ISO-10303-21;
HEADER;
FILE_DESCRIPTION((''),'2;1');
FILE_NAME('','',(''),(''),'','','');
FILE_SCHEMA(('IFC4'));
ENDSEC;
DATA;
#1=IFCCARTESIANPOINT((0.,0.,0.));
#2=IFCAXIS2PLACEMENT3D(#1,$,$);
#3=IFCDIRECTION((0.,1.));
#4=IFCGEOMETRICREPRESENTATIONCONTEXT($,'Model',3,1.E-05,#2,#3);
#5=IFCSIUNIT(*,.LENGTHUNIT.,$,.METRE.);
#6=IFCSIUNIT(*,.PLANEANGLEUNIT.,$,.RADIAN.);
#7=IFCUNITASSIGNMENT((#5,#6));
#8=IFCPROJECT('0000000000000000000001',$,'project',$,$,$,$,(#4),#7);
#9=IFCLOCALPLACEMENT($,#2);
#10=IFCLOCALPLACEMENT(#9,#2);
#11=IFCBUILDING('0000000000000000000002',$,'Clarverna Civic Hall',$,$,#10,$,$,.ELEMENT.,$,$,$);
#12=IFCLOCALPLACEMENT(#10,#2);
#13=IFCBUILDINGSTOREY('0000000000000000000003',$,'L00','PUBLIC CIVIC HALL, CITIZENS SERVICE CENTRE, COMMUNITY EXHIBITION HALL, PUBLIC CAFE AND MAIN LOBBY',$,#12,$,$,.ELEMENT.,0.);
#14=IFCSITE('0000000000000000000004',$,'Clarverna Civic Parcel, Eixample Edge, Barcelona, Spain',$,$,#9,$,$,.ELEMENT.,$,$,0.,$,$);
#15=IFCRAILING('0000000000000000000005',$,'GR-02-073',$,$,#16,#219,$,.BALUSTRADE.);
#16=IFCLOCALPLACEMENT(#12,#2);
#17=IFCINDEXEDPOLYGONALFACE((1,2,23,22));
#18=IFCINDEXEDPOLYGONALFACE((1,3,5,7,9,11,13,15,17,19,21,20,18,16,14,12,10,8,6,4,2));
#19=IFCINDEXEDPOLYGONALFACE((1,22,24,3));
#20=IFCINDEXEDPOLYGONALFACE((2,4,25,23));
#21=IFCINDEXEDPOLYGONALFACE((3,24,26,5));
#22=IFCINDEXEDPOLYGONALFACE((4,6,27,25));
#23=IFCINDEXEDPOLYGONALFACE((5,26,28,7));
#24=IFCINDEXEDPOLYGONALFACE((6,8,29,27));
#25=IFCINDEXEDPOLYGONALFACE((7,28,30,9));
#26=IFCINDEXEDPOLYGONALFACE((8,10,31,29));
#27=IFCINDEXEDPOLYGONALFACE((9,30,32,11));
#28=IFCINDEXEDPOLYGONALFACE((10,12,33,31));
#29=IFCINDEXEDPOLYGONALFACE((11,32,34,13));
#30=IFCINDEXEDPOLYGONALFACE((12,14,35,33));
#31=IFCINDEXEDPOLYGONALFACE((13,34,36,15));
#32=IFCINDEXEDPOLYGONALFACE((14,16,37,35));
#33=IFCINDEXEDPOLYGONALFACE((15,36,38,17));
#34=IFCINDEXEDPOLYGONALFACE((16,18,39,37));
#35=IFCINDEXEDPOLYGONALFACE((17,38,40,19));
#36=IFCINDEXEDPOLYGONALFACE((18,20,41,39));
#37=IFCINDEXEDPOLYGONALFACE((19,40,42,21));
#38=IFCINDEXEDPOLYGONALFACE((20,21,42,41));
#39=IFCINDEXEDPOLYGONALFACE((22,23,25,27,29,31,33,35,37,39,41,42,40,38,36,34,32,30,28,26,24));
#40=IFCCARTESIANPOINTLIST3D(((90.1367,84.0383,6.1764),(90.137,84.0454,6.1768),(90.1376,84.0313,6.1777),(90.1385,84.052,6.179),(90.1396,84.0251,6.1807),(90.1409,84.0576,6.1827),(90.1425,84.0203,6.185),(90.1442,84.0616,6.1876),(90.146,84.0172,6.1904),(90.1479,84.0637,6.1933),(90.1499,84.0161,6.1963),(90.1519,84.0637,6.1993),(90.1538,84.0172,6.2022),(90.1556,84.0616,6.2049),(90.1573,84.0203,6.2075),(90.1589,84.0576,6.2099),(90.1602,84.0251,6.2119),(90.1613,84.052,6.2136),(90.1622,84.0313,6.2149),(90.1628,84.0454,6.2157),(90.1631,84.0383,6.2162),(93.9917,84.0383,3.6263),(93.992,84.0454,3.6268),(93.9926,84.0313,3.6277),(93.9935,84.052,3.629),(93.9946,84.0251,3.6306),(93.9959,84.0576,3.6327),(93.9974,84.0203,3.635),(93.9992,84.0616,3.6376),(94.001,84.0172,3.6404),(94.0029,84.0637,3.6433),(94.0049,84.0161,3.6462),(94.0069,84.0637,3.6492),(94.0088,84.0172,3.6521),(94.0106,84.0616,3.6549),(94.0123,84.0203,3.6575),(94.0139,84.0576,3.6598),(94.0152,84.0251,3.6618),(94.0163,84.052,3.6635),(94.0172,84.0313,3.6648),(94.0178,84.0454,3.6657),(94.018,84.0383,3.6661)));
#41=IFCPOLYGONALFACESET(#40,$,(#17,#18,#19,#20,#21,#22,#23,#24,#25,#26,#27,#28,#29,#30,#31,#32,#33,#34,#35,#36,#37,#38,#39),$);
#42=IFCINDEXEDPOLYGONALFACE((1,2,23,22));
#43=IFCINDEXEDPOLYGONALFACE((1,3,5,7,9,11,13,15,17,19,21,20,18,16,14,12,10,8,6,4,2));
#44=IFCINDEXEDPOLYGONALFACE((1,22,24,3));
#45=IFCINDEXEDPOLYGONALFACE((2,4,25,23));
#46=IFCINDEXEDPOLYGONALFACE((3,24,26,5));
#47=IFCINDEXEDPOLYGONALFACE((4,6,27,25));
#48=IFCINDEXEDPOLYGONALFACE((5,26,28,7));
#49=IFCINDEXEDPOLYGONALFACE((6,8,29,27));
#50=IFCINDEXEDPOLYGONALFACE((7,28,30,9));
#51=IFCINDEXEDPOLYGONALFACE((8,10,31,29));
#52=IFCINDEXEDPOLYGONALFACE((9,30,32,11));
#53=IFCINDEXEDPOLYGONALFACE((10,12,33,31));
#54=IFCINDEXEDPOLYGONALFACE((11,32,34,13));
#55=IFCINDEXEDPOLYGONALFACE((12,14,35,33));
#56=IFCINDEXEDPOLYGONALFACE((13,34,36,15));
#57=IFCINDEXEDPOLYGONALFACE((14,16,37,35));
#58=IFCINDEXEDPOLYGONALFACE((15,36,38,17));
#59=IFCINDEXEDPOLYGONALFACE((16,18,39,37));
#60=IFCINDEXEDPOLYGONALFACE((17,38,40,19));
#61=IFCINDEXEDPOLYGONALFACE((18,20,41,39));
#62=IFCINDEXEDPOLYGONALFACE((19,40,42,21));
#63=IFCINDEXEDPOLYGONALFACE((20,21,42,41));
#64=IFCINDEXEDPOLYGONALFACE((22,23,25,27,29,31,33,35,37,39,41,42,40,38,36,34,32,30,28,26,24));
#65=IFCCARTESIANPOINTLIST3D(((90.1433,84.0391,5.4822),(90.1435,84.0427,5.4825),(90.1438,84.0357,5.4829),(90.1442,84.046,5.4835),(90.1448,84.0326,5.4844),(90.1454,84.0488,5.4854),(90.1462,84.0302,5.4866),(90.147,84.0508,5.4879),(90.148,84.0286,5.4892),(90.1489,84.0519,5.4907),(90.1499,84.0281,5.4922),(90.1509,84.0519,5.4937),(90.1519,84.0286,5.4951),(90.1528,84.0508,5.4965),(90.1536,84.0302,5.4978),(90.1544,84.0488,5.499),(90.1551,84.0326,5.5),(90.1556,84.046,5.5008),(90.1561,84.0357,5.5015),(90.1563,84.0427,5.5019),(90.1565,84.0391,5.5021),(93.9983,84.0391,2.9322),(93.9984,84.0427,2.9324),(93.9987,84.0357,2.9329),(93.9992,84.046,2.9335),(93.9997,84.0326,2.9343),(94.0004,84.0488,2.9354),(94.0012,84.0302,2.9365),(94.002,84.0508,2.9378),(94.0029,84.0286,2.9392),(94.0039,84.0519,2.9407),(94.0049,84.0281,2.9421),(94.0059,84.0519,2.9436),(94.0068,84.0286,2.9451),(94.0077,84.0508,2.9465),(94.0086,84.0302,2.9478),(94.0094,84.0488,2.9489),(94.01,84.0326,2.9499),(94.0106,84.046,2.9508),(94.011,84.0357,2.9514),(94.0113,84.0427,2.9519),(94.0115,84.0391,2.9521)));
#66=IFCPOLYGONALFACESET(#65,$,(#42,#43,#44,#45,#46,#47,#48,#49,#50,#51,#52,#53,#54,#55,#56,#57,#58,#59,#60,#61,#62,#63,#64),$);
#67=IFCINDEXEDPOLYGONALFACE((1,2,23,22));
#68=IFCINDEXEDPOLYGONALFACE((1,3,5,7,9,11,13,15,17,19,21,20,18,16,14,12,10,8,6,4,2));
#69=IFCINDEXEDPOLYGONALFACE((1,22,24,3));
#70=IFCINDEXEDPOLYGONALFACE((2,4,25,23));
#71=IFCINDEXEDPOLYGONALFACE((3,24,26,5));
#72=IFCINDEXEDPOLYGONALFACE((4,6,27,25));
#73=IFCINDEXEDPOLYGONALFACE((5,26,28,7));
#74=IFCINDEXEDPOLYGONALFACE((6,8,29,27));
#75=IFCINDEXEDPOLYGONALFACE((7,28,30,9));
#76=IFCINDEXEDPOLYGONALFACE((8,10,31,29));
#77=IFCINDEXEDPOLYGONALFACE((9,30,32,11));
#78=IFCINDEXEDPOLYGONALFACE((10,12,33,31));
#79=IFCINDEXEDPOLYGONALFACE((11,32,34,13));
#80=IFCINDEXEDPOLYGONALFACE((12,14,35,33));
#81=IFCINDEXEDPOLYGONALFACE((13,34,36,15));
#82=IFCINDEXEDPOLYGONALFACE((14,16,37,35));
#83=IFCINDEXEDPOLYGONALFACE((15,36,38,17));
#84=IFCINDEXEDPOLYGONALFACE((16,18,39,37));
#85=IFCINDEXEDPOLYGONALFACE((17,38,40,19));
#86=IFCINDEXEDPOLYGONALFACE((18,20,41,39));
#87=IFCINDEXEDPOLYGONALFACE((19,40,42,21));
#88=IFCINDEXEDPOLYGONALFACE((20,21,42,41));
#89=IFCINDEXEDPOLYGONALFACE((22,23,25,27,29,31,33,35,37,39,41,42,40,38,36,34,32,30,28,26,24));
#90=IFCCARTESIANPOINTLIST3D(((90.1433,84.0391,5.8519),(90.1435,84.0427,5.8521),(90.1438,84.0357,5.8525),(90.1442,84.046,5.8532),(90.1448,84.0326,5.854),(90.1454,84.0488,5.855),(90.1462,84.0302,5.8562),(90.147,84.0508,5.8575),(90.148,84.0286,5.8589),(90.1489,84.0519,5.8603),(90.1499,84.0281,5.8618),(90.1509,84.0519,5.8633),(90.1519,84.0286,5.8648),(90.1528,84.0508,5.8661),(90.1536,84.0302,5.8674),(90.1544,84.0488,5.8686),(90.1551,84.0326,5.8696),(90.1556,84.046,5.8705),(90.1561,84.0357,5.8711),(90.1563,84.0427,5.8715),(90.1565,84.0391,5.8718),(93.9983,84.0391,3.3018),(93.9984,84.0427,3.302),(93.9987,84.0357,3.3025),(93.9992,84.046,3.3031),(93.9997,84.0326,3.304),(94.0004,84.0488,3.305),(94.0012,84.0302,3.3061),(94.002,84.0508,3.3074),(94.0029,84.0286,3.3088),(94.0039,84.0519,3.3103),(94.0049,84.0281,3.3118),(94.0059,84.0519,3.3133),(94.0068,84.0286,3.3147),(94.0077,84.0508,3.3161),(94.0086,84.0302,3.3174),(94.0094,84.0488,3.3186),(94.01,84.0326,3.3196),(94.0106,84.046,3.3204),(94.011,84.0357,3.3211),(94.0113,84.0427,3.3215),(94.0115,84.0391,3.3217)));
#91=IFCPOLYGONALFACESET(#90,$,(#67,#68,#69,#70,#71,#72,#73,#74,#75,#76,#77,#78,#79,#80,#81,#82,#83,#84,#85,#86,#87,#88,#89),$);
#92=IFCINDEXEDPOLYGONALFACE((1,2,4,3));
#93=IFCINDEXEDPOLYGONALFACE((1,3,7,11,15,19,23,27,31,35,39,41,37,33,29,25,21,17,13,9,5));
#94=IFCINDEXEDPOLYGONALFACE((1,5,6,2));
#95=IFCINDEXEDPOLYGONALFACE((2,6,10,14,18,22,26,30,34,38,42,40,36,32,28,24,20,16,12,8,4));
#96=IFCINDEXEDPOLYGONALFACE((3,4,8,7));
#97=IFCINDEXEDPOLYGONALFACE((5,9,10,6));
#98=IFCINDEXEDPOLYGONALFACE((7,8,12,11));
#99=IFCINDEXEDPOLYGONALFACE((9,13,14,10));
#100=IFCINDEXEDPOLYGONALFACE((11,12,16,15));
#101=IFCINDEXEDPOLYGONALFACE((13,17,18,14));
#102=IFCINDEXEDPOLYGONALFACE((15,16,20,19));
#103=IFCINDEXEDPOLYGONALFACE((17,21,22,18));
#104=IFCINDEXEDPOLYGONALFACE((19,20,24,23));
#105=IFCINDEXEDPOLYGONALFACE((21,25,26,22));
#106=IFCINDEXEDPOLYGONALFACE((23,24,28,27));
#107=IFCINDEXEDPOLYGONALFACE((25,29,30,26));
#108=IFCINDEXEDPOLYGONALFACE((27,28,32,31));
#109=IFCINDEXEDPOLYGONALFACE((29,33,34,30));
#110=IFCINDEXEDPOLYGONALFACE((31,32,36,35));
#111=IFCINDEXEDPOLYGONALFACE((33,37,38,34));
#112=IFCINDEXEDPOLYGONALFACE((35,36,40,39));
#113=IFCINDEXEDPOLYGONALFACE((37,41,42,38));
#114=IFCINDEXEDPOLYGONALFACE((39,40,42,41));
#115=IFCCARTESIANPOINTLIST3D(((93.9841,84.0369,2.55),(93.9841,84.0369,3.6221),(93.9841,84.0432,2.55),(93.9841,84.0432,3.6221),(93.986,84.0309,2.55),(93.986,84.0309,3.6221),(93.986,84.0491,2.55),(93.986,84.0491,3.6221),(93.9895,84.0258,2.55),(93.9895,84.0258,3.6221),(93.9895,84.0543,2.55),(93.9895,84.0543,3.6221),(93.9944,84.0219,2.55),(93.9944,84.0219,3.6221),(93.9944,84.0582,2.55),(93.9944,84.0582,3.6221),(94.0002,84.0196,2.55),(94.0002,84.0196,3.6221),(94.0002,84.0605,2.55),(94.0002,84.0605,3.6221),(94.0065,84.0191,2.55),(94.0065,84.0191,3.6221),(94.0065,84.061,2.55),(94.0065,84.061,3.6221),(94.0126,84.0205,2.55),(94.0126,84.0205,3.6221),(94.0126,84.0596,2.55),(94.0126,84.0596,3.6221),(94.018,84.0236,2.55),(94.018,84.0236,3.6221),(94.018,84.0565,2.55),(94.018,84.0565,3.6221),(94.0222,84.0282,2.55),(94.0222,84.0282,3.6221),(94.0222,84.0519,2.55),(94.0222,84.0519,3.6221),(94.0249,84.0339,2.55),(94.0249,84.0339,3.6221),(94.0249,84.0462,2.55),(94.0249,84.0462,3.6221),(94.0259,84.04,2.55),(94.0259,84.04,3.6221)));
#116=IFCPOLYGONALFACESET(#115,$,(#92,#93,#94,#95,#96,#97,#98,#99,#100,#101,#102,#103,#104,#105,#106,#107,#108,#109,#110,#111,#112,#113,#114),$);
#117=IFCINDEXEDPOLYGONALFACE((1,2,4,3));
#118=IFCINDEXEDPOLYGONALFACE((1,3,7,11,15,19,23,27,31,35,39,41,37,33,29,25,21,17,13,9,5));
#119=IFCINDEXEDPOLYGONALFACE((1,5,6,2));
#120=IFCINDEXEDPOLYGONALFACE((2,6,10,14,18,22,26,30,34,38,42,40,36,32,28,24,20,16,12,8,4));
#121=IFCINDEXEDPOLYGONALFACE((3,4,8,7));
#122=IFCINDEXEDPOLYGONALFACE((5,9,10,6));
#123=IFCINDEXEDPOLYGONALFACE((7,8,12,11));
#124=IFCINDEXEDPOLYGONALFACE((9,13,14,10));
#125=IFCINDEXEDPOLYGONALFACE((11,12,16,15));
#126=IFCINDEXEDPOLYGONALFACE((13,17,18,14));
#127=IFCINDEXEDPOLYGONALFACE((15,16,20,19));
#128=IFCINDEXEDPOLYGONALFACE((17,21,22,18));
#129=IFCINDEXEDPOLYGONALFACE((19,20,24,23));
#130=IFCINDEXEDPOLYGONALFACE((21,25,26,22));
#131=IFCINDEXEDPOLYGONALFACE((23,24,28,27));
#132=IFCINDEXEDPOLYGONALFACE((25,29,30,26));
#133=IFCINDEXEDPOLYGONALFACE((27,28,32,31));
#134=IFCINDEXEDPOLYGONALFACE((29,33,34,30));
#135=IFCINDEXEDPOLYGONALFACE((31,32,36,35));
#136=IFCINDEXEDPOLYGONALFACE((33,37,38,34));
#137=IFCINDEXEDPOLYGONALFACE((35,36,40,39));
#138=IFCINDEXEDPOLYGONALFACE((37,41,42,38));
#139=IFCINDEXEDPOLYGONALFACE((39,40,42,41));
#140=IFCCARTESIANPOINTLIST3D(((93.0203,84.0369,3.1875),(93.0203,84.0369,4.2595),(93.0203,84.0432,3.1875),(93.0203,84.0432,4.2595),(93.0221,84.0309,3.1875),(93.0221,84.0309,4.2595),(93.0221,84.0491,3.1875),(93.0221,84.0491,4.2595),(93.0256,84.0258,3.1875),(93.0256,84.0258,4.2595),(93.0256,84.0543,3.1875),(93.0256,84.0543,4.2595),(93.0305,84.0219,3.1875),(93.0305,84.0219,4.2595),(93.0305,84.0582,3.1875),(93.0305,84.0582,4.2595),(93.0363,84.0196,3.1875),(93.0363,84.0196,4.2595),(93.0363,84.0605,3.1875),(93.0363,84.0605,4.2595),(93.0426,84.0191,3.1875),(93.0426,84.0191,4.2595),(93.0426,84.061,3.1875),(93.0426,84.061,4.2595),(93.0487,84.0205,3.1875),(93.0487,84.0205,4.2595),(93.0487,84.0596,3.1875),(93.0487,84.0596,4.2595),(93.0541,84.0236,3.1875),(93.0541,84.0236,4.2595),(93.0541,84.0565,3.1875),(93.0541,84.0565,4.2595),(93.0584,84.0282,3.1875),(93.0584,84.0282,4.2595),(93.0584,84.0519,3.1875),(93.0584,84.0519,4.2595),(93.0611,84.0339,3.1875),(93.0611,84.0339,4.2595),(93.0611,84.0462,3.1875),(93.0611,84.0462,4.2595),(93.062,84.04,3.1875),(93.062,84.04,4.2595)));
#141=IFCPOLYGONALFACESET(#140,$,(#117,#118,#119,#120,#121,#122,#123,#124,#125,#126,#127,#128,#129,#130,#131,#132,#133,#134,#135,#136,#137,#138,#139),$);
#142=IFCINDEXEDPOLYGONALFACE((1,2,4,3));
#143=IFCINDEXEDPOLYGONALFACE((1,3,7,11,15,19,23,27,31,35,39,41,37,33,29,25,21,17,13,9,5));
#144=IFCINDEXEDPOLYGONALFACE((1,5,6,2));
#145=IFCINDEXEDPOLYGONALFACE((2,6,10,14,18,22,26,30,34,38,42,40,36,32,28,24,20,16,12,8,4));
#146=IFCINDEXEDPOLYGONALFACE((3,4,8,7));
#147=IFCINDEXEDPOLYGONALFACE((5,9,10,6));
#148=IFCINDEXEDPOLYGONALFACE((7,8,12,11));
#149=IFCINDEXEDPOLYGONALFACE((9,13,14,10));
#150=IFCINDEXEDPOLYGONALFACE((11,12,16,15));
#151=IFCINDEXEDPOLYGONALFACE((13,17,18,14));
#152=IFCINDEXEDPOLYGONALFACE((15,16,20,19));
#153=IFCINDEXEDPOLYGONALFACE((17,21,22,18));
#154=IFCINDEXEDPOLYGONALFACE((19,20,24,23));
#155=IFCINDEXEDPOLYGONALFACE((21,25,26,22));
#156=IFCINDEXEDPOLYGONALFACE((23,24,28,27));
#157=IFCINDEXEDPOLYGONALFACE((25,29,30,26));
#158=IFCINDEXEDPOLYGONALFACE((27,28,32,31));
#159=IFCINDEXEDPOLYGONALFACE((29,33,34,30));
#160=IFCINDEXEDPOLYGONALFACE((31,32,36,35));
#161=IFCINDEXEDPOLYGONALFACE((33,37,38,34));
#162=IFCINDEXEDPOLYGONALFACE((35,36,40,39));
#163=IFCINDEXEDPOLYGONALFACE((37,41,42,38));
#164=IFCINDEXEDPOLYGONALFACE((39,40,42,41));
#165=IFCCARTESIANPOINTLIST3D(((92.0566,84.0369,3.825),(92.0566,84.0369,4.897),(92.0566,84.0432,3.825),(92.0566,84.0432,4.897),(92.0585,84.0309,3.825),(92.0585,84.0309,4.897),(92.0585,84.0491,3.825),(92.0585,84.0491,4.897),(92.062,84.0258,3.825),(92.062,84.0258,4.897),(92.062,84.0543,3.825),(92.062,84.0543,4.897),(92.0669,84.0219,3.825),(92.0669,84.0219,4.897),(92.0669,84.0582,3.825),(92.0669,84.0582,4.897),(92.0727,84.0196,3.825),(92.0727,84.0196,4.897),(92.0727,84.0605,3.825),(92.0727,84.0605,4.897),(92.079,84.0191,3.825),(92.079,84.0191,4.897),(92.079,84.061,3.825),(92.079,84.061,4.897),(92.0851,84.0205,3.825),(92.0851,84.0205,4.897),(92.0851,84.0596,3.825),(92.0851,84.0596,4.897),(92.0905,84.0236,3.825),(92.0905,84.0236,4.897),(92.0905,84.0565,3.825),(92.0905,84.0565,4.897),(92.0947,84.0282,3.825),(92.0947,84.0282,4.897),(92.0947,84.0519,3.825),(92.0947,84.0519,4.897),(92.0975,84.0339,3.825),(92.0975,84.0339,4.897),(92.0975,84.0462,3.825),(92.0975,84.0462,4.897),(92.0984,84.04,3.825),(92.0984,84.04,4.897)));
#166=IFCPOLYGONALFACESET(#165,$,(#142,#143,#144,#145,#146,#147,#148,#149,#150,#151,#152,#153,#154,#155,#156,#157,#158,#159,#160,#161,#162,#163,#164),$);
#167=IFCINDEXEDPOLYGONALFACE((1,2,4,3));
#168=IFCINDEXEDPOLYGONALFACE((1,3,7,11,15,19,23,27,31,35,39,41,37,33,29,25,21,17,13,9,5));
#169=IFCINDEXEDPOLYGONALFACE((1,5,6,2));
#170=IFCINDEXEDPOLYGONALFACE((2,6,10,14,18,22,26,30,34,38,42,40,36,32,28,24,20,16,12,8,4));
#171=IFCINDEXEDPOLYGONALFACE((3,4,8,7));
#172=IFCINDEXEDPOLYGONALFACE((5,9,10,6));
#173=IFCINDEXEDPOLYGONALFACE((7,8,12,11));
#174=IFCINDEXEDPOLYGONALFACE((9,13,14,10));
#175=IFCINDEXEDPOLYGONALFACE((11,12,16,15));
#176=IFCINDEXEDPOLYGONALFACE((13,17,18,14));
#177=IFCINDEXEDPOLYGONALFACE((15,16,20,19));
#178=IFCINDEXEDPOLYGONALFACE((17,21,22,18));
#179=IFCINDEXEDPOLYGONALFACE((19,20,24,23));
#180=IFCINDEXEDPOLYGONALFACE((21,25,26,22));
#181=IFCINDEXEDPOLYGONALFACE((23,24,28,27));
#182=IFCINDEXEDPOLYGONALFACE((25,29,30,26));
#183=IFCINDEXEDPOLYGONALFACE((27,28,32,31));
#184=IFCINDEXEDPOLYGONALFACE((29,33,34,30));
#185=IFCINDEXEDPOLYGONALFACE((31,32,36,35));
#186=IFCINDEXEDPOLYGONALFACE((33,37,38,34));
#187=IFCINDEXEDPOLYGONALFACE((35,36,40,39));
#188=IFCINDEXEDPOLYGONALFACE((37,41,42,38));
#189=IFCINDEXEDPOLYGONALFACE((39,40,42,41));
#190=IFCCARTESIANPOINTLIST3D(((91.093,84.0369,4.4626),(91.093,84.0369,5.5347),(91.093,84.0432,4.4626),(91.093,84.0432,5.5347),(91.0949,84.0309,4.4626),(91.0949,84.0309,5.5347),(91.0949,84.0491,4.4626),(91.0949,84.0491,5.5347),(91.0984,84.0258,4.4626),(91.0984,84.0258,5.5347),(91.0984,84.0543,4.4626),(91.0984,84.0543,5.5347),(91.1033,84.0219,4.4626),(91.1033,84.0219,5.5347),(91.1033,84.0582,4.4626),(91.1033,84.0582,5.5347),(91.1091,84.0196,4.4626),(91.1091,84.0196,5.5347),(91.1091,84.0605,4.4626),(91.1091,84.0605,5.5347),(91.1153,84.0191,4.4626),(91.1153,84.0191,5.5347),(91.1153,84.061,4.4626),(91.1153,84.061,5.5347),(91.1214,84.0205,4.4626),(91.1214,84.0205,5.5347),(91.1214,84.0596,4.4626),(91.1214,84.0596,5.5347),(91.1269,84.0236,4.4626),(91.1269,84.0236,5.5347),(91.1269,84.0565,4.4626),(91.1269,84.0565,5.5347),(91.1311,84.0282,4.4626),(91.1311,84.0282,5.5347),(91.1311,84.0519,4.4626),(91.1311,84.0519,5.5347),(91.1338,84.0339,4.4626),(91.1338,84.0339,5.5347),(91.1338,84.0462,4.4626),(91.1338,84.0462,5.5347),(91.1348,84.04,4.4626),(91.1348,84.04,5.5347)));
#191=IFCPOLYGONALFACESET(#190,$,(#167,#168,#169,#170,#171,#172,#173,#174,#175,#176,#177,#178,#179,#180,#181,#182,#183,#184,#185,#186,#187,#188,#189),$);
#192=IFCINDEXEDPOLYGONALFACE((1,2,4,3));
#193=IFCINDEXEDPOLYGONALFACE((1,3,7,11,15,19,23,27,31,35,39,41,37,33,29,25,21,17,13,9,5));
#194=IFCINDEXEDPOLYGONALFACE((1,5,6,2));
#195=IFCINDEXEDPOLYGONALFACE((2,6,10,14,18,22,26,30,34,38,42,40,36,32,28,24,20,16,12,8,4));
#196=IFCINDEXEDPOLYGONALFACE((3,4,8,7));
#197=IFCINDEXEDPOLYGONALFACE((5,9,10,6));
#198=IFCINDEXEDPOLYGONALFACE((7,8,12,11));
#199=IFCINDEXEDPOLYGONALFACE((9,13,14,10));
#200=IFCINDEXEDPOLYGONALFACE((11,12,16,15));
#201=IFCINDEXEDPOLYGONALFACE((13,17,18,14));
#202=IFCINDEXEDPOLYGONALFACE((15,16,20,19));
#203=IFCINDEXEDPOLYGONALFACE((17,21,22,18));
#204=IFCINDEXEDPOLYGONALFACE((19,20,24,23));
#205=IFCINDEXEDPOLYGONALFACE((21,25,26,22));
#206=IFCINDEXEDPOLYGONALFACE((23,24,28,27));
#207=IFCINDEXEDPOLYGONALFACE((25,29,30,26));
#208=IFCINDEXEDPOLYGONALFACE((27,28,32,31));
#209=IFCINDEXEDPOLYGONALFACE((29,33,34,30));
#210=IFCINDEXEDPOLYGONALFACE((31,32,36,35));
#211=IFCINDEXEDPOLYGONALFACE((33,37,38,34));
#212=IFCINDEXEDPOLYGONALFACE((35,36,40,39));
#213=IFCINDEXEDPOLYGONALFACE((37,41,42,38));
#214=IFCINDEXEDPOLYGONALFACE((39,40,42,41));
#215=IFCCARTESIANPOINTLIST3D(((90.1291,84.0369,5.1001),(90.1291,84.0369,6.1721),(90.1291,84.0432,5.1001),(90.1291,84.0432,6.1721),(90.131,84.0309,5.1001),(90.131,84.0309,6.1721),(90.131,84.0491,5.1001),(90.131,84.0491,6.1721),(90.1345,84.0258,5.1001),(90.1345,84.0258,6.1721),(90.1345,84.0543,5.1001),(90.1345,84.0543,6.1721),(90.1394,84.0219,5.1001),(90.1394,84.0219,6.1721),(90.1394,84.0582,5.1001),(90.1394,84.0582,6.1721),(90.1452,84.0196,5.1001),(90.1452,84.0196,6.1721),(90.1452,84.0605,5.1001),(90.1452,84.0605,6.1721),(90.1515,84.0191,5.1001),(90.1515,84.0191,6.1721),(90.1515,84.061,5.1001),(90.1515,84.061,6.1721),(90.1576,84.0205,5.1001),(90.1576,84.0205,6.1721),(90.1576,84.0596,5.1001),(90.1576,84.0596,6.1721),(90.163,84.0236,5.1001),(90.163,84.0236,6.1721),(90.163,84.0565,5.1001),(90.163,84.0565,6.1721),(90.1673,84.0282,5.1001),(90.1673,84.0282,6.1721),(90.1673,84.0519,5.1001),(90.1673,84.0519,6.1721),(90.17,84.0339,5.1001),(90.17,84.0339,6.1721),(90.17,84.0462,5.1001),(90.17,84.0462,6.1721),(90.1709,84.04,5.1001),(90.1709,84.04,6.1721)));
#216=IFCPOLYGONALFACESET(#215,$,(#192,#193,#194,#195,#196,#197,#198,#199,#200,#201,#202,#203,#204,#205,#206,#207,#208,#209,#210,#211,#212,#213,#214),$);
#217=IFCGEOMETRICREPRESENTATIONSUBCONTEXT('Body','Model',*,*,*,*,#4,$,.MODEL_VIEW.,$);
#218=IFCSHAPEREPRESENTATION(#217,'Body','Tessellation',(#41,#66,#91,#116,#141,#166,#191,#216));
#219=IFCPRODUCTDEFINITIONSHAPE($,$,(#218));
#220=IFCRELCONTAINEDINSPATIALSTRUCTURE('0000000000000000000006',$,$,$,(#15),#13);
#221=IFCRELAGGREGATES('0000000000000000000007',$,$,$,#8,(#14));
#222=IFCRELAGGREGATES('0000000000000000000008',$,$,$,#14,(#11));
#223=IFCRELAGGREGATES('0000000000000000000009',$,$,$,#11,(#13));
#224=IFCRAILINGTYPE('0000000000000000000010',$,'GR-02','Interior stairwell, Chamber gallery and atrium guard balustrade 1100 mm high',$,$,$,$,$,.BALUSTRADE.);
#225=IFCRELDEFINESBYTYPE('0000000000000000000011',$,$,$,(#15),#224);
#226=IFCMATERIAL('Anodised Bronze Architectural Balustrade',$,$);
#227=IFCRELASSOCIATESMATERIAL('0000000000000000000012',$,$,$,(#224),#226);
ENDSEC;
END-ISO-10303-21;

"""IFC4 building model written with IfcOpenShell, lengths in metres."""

from ifc_helpers import new_model, si_unit, direction, frame, origin, origin_2d, place, context, subcontext, project, spatial, circle, extrude, material, type_object, element, save


model = new_model("IFC4")

# Units and contexts
model_context = context("Model", 3, precision=1e-05, world=origin(), true_north=direction((0.0, 1.0)))
body_context = subcontext(model_context, "Body", "Model", "MODEL_VIEW")
ifc_project = project(units=[si_unit("LENGTHUNIT", "METRE"), si_unit("PLANEANGLEUNIT", "RADIAN")], contexts=[model_context])

# Site, building, storey
site_placement = place(None, origin())
site = spatial("IfcSite", under=ifc_project, at=site_placement, Name="Clarverna Civic Parcel, Eixample Edge, Barcelona, Spain", CompositionType="ELEMENT", RefElevation=0.0)
building_placement = place(site_placement, origin())
building = spatial("IfcBuilding", under=site, at=building_placement, Name="Clarverna Civic Hall", CompositionType="ELEMENT")
storey_placement = place(building_placement, origin())
storey = spatial("IfcBuildingStorey", under=building, at=storey_placement, Name="L00", Description="PUBLIC CIVIC HALL, CITIZENS SERVICE CENTRE, COMMUNITY EXHIBITION HALL, PUBLIC CAFE AND MAIN LOBBY", CompositionType="ELEMENT", Elevation=0.0)

# Railing
ifc_material_1 = material(Name="Anodised Bronze Architectural Balustrade")
railing_type_1 = type_object("IfcRailingType", Name="GR-02", Description="Interior stairwell, Chamber gallery and atrium guard balustrade 1100 mm high", PredefinedType="BALUSTRADE", material=ifc_material_1)
railing_1_placement = place(storey_placement, frame((94.0049, 84.04, 2.55)))
element("IfcRailing", 1, at=railing_1_placement, inside=storey, type_object=railing_type_1, Name="GR-02-073", PredefinedType="BALUSTRADE", context=body_context, shape_type="SweptSolid", body=[
    extrude(circle(Radius=0.0239, at=origin_2d()), frame((0.0, 0.0, 1.0962), z_axis=(-0.834036, 0.0, 0.55171), x_axis=(0.0, -1.0, 0.0)), (0.0, 0.0, 1.0), 4.6221),
    extrude(circle(Radius=0.012, at=origin_2d()), frame((0.0, 0.0, 0.3921), z_axis=(-0.834036, 0.0, 0.55171), x_axis=(0.0, -1.0, 0.0)), (0.0, 0.0, 1.0), 4.6221),
    extrude(circle(Radius=0.012, at=origin_2d()), frame((0.0, 0.0, 0.7617), z_axis=(-0.834036, 0.0, 0.55171), x_axis=(0.0, -1.0, 0.0)), (0.0, 0.0, 1.0), 4.6221),
    extrude(circle(Radius=0.021, at=origin_2d()), origin(), (0.0, 0.0, 1.0), 1.072),
    extrude(circle(Radius=0.021, at=origin_2d()), frame((-0.9639, 0.0, 0.6375)), (0.0, 0.0, 1.0), 1.072),
    extrude(circle(Radius=0.021, at=origin_2d()), frame((-1.9275, 0.0, 1.2749)), (0.0, 0.0, 1.0), 1.072),
    extrude(circle(Radius=0.021, at=origin_2d()), frame((-2.8911, 0.0, 1.9126)), (0.0, 0.0, 1.0), 1.072),
    extrude(circle(Radius=0.021, at=origin_2d()), frame((-3.855, 0.0, 2.55)), (0.0, 0.0, 1.0), 1.072),
])

save(model, "model.ifc")
